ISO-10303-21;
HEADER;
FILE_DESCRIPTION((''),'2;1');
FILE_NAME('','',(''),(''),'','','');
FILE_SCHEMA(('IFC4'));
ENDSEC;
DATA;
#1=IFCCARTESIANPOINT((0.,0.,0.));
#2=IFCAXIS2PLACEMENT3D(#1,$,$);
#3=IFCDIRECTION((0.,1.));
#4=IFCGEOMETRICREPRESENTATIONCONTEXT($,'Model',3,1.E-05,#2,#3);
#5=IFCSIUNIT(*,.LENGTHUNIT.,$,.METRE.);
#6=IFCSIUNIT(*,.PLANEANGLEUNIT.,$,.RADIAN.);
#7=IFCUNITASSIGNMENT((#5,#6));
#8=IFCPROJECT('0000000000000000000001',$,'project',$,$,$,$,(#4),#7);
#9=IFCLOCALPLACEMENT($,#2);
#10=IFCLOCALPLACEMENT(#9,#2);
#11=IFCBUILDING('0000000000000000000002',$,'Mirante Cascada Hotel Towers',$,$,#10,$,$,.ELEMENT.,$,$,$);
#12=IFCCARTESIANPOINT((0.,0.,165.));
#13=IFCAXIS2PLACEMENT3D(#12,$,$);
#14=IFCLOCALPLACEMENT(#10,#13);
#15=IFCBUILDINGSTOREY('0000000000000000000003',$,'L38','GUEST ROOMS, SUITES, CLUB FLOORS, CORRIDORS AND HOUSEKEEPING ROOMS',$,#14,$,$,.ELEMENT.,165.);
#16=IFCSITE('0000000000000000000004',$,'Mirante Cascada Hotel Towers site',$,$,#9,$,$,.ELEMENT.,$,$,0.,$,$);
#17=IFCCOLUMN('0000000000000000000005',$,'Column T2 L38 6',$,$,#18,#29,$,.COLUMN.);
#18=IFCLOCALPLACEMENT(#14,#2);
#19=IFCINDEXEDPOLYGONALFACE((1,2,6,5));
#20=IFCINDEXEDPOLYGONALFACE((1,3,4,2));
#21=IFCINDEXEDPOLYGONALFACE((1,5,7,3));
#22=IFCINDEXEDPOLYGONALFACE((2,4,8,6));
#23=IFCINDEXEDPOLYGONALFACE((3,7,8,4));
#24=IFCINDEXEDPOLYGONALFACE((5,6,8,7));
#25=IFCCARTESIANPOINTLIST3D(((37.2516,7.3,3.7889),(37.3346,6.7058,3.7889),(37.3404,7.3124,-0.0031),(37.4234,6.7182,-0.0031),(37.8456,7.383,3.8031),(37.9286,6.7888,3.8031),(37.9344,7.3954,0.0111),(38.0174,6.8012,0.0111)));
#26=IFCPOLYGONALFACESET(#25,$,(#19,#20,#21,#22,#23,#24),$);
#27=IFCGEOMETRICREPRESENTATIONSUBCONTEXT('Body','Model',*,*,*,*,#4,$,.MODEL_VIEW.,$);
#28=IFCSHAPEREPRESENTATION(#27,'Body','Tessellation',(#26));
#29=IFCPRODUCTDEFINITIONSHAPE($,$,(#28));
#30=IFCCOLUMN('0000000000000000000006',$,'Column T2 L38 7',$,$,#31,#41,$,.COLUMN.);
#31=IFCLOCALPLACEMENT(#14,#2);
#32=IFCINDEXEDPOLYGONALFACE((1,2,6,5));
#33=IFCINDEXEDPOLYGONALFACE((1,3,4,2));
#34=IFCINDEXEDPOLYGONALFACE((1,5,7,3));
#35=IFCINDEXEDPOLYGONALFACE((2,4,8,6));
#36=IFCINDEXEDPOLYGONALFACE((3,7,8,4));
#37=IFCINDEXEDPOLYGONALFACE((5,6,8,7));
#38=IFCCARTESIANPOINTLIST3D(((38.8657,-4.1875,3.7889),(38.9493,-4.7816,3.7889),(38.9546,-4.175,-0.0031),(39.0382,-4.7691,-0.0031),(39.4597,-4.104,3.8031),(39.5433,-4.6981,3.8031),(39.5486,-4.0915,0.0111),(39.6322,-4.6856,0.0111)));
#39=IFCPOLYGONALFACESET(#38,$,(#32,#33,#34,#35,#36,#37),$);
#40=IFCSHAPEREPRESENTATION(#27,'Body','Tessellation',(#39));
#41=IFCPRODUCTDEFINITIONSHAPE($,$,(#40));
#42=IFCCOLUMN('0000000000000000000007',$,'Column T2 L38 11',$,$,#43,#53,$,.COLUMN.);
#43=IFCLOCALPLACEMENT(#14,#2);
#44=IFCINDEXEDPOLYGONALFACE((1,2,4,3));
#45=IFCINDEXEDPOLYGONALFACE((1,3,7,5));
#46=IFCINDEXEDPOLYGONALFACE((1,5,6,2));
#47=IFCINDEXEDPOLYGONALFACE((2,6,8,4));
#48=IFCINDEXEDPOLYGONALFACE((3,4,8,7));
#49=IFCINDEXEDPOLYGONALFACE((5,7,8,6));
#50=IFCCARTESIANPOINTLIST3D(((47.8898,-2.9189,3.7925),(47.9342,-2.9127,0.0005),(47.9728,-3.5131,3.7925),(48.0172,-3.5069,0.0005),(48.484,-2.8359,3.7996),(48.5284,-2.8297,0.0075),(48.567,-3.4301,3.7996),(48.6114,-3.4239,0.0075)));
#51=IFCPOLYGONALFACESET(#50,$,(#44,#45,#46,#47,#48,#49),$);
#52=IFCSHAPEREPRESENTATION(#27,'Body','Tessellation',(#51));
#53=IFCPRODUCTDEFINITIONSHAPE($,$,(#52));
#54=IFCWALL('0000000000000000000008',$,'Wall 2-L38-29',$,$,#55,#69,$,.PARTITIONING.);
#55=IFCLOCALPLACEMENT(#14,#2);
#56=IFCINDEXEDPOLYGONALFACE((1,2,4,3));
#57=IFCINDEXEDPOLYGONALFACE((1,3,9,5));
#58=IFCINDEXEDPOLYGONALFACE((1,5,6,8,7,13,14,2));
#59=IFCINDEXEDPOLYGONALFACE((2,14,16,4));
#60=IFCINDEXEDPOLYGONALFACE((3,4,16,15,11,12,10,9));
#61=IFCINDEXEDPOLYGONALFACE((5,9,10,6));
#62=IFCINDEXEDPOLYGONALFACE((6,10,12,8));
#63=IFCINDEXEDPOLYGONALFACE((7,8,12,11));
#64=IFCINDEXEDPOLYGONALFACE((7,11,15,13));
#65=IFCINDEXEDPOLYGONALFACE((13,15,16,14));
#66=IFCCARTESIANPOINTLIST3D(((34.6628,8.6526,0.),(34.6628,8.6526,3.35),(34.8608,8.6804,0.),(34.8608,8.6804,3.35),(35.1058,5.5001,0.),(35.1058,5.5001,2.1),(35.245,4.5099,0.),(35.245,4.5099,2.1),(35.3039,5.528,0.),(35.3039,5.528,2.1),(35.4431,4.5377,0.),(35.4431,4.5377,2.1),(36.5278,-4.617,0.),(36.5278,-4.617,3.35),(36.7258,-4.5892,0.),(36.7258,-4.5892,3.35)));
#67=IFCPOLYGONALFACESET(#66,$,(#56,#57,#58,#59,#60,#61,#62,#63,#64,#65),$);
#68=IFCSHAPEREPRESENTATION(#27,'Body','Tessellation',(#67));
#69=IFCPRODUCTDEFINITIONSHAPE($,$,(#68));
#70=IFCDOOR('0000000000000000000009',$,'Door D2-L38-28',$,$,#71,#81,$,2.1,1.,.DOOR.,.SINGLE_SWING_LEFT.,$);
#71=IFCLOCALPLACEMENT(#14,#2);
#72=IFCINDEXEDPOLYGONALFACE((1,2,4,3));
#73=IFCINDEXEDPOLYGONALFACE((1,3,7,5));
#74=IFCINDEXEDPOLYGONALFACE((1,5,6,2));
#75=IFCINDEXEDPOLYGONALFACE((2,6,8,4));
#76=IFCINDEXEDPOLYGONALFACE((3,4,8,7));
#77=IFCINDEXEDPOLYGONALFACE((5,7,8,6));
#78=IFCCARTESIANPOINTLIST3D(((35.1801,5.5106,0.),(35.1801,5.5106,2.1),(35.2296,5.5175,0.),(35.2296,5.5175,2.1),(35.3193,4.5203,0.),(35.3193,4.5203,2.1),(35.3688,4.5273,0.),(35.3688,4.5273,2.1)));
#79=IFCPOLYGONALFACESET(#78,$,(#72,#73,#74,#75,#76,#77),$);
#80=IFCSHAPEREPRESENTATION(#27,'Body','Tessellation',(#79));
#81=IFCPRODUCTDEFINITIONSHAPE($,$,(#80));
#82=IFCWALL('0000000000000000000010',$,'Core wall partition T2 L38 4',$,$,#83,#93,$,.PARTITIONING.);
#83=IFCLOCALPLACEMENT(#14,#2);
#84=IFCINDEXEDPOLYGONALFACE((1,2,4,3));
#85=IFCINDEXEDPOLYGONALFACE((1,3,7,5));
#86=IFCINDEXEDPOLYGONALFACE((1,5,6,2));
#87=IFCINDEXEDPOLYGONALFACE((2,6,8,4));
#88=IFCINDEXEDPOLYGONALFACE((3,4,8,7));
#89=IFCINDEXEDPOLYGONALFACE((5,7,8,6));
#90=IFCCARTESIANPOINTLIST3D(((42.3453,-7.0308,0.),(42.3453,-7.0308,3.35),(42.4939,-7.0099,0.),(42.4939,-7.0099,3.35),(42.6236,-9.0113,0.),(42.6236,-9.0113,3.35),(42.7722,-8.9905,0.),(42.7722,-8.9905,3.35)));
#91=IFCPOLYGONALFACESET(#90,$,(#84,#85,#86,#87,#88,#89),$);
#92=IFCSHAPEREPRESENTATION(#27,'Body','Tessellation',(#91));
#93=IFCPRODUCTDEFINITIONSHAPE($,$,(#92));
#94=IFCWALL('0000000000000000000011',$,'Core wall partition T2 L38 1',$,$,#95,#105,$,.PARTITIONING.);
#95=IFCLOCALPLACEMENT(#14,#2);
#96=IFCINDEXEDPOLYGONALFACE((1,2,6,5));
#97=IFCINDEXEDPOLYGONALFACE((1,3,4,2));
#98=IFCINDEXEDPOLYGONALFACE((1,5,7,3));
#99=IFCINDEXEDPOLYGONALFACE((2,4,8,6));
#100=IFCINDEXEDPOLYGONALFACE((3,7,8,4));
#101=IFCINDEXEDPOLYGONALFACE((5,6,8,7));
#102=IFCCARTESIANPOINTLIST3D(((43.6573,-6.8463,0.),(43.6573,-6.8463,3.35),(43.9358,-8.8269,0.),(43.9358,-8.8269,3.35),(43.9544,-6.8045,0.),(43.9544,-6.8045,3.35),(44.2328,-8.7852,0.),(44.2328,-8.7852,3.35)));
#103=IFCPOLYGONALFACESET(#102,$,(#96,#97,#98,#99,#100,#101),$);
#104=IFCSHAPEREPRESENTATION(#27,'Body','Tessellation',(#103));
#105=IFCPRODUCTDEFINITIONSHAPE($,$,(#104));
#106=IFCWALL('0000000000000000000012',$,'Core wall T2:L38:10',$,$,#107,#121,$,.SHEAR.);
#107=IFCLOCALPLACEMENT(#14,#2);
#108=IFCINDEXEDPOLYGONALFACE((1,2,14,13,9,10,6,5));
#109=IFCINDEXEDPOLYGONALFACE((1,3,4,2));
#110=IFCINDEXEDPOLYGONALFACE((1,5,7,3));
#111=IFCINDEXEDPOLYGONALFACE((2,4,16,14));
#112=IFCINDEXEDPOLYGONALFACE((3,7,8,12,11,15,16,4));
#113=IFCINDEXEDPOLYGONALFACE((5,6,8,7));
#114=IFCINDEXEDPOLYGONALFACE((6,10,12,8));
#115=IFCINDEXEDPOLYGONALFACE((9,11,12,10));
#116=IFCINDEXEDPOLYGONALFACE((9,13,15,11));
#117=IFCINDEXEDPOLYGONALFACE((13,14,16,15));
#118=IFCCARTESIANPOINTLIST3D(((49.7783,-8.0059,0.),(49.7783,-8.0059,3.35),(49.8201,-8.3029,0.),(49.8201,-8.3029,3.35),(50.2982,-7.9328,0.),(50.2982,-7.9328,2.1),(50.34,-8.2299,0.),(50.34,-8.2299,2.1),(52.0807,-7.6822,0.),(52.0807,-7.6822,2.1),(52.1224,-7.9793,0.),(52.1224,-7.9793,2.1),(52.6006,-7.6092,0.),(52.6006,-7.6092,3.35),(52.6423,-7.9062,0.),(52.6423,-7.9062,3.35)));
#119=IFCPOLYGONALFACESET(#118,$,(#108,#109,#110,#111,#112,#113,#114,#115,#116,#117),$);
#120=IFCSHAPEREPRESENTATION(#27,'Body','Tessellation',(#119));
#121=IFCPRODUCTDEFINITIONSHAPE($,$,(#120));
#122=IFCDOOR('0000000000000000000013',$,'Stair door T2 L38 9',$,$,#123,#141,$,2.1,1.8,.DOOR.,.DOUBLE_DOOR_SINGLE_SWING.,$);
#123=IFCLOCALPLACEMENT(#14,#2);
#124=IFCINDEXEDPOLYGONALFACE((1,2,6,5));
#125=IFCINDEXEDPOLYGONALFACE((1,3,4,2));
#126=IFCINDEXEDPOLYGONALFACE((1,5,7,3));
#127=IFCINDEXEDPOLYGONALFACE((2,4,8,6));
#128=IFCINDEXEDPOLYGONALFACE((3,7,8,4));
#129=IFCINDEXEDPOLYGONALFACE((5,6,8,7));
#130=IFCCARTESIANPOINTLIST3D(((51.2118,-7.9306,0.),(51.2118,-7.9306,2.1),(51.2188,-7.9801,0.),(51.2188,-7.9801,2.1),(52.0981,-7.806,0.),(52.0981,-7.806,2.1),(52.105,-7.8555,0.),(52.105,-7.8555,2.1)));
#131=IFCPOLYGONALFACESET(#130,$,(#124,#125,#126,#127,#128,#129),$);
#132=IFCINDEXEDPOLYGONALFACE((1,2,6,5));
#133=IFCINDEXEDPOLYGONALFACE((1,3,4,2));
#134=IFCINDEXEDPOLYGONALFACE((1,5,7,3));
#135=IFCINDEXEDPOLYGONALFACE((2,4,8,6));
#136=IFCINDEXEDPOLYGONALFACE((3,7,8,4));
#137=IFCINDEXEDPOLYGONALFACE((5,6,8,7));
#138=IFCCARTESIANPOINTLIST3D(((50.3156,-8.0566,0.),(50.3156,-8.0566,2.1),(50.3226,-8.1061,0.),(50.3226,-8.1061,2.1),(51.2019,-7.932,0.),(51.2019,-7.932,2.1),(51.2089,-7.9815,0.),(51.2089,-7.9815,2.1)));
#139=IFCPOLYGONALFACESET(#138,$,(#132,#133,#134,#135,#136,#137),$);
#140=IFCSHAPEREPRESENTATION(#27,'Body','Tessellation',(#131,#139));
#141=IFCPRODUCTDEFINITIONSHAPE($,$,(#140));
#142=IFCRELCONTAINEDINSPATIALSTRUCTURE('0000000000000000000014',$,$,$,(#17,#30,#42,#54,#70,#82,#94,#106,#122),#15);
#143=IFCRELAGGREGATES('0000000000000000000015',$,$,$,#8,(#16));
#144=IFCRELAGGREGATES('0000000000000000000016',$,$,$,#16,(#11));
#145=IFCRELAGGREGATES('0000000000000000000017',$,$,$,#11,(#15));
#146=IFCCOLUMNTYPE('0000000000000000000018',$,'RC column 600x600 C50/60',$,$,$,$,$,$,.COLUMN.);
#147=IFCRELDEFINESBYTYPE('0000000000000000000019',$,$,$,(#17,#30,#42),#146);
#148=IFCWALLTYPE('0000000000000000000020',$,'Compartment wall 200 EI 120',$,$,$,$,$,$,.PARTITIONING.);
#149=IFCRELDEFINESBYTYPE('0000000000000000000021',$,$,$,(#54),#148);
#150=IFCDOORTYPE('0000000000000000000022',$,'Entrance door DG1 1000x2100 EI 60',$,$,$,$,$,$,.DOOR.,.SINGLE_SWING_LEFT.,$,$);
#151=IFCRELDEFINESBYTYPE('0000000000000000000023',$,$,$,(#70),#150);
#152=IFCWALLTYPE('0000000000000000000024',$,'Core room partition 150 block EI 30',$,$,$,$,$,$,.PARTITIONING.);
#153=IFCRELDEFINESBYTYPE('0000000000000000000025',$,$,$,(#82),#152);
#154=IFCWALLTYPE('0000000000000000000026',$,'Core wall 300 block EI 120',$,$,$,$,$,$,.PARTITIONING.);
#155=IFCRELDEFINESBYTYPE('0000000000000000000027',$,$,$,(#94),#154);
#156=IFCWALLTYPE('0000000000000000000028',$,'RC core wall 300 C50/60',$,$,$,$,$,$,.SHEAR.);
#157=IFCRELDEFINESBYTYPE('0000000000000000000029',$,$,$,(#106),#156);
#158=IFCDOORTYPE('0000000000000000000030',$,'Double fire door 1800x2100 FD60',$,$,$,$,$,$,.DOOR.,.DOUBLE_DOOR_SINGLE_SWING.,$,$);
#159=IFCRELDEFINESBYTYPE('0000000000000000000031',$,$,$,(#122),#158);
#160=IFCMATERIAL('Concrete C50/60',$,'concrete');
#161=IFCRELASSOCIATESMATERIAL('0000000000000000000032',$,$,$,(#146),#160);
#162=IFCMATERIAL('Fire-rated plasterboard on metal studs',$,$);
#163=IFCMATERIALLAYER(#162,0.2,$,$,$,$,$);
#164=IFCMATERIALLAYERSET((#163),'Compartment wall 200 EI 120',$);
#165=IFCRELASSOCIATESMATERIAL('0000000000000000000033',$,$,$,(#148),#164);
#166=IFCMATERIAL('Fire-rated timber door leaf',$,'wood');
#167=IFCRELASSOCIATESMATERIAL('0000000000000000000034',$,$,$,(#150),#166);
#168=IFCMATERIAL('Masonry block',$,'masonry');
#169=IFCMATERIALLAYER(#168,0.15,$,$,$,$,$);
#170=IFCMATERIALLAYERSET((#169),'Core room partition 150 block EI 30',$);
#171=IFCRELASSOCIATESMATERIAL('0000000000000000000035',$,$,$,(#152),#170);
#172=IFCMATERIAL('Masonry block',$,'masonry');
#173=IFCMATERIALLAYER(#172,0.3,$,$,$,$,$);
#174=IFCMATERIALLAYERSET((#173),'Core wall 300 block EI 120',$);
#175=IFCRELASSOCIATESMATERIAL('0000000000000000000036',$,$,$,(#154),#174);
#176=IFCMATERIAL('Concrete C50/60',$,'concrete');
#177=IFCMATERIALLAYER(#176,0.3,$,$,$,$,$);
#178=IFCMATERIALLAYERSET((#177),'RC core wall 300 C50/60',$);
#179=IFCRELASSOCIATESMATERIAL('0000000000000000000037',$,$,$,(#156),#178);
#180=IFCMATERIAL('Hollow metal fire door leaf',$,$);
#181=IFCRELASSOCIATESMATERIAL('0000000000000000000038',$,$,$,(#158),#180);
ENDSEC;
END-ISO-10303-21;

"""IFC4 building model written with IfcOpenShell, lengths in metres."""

from ifc_helpers import new_model, si_unit, direction, frame, frame_2d, origin, origin_2d, place, context, subcontext, project, spatial, rectangle, extrude, material, layer, layer_set, material_profile, profile_set, type_object, element, fill, save


model = new_model("IFC4")

# Units and contexts
model_context = context("Model", 3, precision=1e-05, world=origin(), true_north=direction((0.0, 1.0)))
body_context = subcontext(model_context, "Body", "Model", "MODEL_VIEW")
ifc_project = project(units=[si_unit("LENGTHUNIT", "METRE"), si_unit("PLANEANGLEUNIT", "RADIAN")], contexts=[model_context])

# Site, building, storey
site_placement = place(None, origin())
site = spatial("IfcSite", under=ifc_project, at=site_placement, Name="Mirante Cascada Hotel Towers site", CompositionType="ELEMENT", RefElevation=0.0)
building_placement = place(site_placement, origin())
building = spatial("IfcBuilding", under=site, at=building_placement, Name="Mirante Cascada Hotel Towers", CompositionType="ELEMENT")
storey_placement = place(building_placement, frame((0.0, 0.0, 165.0)))
storey = spatial("IfcBuildingStorey", under=building, at=storey_placement, Name="L38", Description="GUEST ROOMS, SUITES, CLUB FLOORS, CORRIDORS AND HOUSEKEEPING ROOMS", CompositionType="ELEMENT", Elevation=165.0)

# Columns
ifc_material_1 = material(Name="Concrete C50/60", Category="concrete")
ifc_material_profile = material_profile(ifc_material_1, rectangle(XDim=0.6, YDim=0.6, at=origin_2d()), Name="RC column 600x600 C50/60")
ifc_profile_set = profile_set([ifc_material_profile], Name="Concrete C50/60")
column_type = type_object("IfcColumnType", Name="RC column 600x600 C50/60", PredefinedType="COLUMN", material=ifc_profile_set)
for number, where, z_axis, x_axis, name in (
    (1, (37.6789, 7.0568, 0.004), (-0.023411, -0.003269, 0.999721), (0.138298, -0.990391, 0.0), "Column T2 L38 6"),
    (2, (39.2934, -4.4303, 0.004), (-0.023438, -0.003295, 0.99972), (0.139238, -0.990259, 0.0), "Column T2 L38 7"),
):
    element("IfcColumn", number, at=place(storey_placement, frame(where, z_axis=z_axis, x_axis=x_axis)), inside=storey, type_object=column_type, Name=name, PredefinedType="COLUMN", context=body_context, shape_type="SweptSolid", body=[
        extrude(rectangle(XDim=0.6, YDim=0.6, at=origin_2d()), origin(), (0.0, 0.0, 1.0), 3.7931),
    ])
column_placement = place(storey_placement, frame((48.2728, -3.1683, 0.004), z_axis=(-0.011708, -0.001635, 0.99993), x_axis=(0.138298, -0.990391, 0.0)))
element("IfcColumn", 3, at=column_placement, inside=storey, type_object=column_type, Name="Column T2 L38 11", PredefinedType="COLUMN", context=body_context, shape_type="SweptSolid", body=[
    extrude(rectangle(XDim=0.6, YDim=0.6, at=origin_2d()), origin(), (0.0, 0.0, 1.0), 3.7923),
])

# Wall, opening, door
ifc_material_2 = material(Name="Fire-rated plasterboard on metal studs")
ifc_layer_1 = layer(ifc_material_2, 0.2)
ifc_layer_set_1 = layer_set([ifc_layer_1], Name="Compartment wall 200 EI 120")
wall_type_1 = type_object("IfcWallType", Name="Compartment wall 200 EI 120", PredefinedType="PARTITIONING", material=ifc_layer_set_1)
wall_1_placement = place(storey_placement, frame((36.6268, -4.6031, 0.0), z_axis=(0.0, 0.0, 1.0), x_axis=(-0.139179, 0.990267, 0.0)))
wall_1 = element("IfcWall", 4, at=wall_1_placement, inside=storey, type_object=wall_type_1, Name="Wall 2-L38-29", PredefinedType="PARTITIONING", context=body_context, shape_type="SweptSolid", body=[
    extrude(rectangle(XDim=13.4, YDim=0.2, at=frame_2d((6.7, 0.0))), origin(), (0.0, 0.0, 1.0), 3.35),
])
opening_1_placement = place(wall_1_placement, frame((9.2166, 0.0, 0.0)))
opening_1 = element("IfcOpeningElement", 5, at=opening_1_placement, cuts=wall_1, PredefinedType="OPENING", context=body_context, shape_type="SweptSolid", body=[
    extrude(rectangle(XDim=1.0, YDim=2.1, at=frame_2d((0.5, 1.05))), frame((0.0, 0.1, 0.0), z_axis=(0.0, -1.0, 0.0), x_axis=(1.0, 0.0, 0.0)), (0.0, 0.0, 1.0), 0.2),
])
ifc_material_3 = material(Name="Fire-rated timber door leaf", Category="wood")
door_type_1 = type_object("IfcDoorType", Name="Entrance door DG1 1000x2100 EI 60", OperationType="SINGLE_SWING_LEFT", PredefinedType="DOOR", material=ifc_material_3)
door_1_placement = place(opening_1_placement, origin())
door_1 = element("IfcDoor", 6, at=door_1_placement, inside=storey, type_object=door_type_1, Name="Door D2-L38-28", OperationType="SINGLE_SWING_LEFT", OverallHeight=2.1, OverallWidth=1.0, PredefinedType="DOOR", context=body_context, shape_type="SweptSolid", body=[
    extrude(rectangle(XDim=1.0, YDim=2.1, at=frame_2d((0.5, 1.05))), frame((0.0, 0.025, 0.0), z_axis=(0.0, -1.0, 0.0), x_axis=(1.0, 0.0, 0.0)), (0.0, 0.0, 1.0), 0.05),
])
fill(opening_1, door_1)

# Walls
ifc_material_4 = material(Name="Masonry block", Category="masonry")
ifc_layer_2 = layer(ifc_material_4, 0.15)
ifc_layer_set_2 = layer_set([ifc_layer_2], Name="Core room partition 150 block EI 30")
wall_type_2 = type_object("IfcWallType", Name="Core room partition 150 block EI 30", PredefinedType="PARTITIONING", material=ifc_layer_set_2)
wall_2_placement = place(storey_placement, frame((42.6979, -9.0009, 0.0), z_axis=(0.0, 0.0, 1.0), x_axis=(-0.139153, 0.990271, 0.0)))
element("IfcWall", 7, at=wall_2_placement, inside=storey, type_object=wall_type_2, Name="Core wall partition T2 L38 4", PredefinedType="PARTITIONING", context=body_context, shape_type="SweptSolid", body=[
    extrude(rectangle(XDim=2.0, YDim=0.15, at=frame_2d((1.0, 0.0))), origin(), (0.0, 0.0, 1.0), 3.35),
])
ifc_material_5 = material(Name="Masonry block", Category="masonry")
ifc_layer_3 = layer(ifc_material_5, 0.3)
ifc_layer_set_3 = layer_set([ifc_layer_3], Name="Core wall 300 block EI 120")
wall_type_3 = type_object("IfcWallType", Name="Core wall 300 block EI 120", PredefinedType="PARTITIONING", material=ifc_layer_set_3)
wall_3_placement = place(storey_placement, frame((44.0843, -8.8061, 0.0), z_axis=(0.0, 0.0, 1.0), x_axis=(-0.139195, 0.990265, 0.0)))
element("IfcWall", 8, at=wall_3_placement, inside=storey, type_object=wall_type_3, Name="Core wall partition T2 L38 1", PredefinedType="PARTITIONING", context=body_context, shape_type="SweptSolid", body=[
    extrude(rectangle(XDim=2.0001, YDim=0.3, at=frame_2d((1.0001, 0.0))), origin(), (0.0, 0.0, 1.0), 3.35),
])

# Wall, opening, door
ifc_material_6 = material(Name="Concrete C50/60", Category="concrete")
ifc_layer_4 = layer(ifc_material_6, 0.3)
ifc_layer_set_4 = layer_set([ifc_layer_4], Name="RC core wall 300 C50/60")
wall_type_4 = type_object("IfcWallType", Name="RC core wall 300 C50/60", PredefinedType="SHEAR", material=ifc_layer_set_4)
wall_4_placement = place(storey_placement, frame((49.7992, -8.1544, 0.0), z_axis=(0.0, 0.0, 1.0), x_axis=(0.990266, 0.139191, 0.0)))
wall_4 = element("IfcWall", 9, at=wall_4_placement, inside=storey, type_object=wall_type_4, Name="Core wall T2:L38:10", PredefinedType="SHEAR", context=body_context, shape_type="SweptSolid", body=[
    extrude(rectangle(XDim=2.85, YDim=0.3, at=frame_2d((1.425, 0.0))), origin(), (0.0, 0.0, 1.0), 3.35),
])
opening_2_placement = place(wall_4_placement, frame((0.525, 0.0, 0.0)))
opening_2 = element("IfcOpeningElement", 10, at=opening_2_placement, cuts=wall_4, PredefinedType="OPENING", context=body_context, shape_type="SweptSolid", body=[
    extrude(rectangle(XDim=1.8, YDim=2.1, at=frame_2d((0.9, 1.05))), frame((0.0, 0.15, 0.0), z_axis=(0.0, -1.0, 0.0), x_axis=(1.0, 0.0, 0.0)), (0.0, 0.0, 1.0), 0.3),
])
ifc_material_7 = material(Name="Hollow metal fire door leaf")
door_type_2 = type_object("IfcDoorType", Name="Double fire door 1800x2100 FD60", OperationType="DOUBLE_DOOR_SINGLE_SWING", PredefinedType="DOOR", material=ifc_material_7)
door_2_placement = place(opening_2_placement, frame((1.8, 0.0, 0.0), z_axis=(0.0, 0.0, 1.0), x_axis=(-1.0, 0.0, 0.0)))
door_2 = element("IfcDoor", 11, at=door_2_placement, inside=storey, type_object=door_type_2, Name="Stair door T2 L38 9", OperationType="DOUBLE_DOOR_SINGLE_SWING", OverallHeight=2.1, OverallWidth=1.8, PredefinedType="DOOR", context=body_context, shape_type="SweptSolid", body=[
    extrude(rectangle(XDim=0.895, YDim=2.1, at=frame_2d((0.4475, 1.05))), frame((0.0, 0.025, 0.0), z_axis=(0.0, -1.0, 0.0), x_axis=(1.0, 0.0, 0.0)), (0.0, 0.0, 1.0), 0.05),
    extrude(rectangle(XDim=0.895, YDim=2.1, at=frame_2d((1.3525, 1.05))), frame((0.0, 0.025, 0.0), z_axis=(0.0, -1.0, 0.0), x_axis=(1.0, 0.0, 0.0)), (0.0, 0.0, 1.0), 0.05),
])
fill(opening_2, door_2)

save(model, "model.ifc")
